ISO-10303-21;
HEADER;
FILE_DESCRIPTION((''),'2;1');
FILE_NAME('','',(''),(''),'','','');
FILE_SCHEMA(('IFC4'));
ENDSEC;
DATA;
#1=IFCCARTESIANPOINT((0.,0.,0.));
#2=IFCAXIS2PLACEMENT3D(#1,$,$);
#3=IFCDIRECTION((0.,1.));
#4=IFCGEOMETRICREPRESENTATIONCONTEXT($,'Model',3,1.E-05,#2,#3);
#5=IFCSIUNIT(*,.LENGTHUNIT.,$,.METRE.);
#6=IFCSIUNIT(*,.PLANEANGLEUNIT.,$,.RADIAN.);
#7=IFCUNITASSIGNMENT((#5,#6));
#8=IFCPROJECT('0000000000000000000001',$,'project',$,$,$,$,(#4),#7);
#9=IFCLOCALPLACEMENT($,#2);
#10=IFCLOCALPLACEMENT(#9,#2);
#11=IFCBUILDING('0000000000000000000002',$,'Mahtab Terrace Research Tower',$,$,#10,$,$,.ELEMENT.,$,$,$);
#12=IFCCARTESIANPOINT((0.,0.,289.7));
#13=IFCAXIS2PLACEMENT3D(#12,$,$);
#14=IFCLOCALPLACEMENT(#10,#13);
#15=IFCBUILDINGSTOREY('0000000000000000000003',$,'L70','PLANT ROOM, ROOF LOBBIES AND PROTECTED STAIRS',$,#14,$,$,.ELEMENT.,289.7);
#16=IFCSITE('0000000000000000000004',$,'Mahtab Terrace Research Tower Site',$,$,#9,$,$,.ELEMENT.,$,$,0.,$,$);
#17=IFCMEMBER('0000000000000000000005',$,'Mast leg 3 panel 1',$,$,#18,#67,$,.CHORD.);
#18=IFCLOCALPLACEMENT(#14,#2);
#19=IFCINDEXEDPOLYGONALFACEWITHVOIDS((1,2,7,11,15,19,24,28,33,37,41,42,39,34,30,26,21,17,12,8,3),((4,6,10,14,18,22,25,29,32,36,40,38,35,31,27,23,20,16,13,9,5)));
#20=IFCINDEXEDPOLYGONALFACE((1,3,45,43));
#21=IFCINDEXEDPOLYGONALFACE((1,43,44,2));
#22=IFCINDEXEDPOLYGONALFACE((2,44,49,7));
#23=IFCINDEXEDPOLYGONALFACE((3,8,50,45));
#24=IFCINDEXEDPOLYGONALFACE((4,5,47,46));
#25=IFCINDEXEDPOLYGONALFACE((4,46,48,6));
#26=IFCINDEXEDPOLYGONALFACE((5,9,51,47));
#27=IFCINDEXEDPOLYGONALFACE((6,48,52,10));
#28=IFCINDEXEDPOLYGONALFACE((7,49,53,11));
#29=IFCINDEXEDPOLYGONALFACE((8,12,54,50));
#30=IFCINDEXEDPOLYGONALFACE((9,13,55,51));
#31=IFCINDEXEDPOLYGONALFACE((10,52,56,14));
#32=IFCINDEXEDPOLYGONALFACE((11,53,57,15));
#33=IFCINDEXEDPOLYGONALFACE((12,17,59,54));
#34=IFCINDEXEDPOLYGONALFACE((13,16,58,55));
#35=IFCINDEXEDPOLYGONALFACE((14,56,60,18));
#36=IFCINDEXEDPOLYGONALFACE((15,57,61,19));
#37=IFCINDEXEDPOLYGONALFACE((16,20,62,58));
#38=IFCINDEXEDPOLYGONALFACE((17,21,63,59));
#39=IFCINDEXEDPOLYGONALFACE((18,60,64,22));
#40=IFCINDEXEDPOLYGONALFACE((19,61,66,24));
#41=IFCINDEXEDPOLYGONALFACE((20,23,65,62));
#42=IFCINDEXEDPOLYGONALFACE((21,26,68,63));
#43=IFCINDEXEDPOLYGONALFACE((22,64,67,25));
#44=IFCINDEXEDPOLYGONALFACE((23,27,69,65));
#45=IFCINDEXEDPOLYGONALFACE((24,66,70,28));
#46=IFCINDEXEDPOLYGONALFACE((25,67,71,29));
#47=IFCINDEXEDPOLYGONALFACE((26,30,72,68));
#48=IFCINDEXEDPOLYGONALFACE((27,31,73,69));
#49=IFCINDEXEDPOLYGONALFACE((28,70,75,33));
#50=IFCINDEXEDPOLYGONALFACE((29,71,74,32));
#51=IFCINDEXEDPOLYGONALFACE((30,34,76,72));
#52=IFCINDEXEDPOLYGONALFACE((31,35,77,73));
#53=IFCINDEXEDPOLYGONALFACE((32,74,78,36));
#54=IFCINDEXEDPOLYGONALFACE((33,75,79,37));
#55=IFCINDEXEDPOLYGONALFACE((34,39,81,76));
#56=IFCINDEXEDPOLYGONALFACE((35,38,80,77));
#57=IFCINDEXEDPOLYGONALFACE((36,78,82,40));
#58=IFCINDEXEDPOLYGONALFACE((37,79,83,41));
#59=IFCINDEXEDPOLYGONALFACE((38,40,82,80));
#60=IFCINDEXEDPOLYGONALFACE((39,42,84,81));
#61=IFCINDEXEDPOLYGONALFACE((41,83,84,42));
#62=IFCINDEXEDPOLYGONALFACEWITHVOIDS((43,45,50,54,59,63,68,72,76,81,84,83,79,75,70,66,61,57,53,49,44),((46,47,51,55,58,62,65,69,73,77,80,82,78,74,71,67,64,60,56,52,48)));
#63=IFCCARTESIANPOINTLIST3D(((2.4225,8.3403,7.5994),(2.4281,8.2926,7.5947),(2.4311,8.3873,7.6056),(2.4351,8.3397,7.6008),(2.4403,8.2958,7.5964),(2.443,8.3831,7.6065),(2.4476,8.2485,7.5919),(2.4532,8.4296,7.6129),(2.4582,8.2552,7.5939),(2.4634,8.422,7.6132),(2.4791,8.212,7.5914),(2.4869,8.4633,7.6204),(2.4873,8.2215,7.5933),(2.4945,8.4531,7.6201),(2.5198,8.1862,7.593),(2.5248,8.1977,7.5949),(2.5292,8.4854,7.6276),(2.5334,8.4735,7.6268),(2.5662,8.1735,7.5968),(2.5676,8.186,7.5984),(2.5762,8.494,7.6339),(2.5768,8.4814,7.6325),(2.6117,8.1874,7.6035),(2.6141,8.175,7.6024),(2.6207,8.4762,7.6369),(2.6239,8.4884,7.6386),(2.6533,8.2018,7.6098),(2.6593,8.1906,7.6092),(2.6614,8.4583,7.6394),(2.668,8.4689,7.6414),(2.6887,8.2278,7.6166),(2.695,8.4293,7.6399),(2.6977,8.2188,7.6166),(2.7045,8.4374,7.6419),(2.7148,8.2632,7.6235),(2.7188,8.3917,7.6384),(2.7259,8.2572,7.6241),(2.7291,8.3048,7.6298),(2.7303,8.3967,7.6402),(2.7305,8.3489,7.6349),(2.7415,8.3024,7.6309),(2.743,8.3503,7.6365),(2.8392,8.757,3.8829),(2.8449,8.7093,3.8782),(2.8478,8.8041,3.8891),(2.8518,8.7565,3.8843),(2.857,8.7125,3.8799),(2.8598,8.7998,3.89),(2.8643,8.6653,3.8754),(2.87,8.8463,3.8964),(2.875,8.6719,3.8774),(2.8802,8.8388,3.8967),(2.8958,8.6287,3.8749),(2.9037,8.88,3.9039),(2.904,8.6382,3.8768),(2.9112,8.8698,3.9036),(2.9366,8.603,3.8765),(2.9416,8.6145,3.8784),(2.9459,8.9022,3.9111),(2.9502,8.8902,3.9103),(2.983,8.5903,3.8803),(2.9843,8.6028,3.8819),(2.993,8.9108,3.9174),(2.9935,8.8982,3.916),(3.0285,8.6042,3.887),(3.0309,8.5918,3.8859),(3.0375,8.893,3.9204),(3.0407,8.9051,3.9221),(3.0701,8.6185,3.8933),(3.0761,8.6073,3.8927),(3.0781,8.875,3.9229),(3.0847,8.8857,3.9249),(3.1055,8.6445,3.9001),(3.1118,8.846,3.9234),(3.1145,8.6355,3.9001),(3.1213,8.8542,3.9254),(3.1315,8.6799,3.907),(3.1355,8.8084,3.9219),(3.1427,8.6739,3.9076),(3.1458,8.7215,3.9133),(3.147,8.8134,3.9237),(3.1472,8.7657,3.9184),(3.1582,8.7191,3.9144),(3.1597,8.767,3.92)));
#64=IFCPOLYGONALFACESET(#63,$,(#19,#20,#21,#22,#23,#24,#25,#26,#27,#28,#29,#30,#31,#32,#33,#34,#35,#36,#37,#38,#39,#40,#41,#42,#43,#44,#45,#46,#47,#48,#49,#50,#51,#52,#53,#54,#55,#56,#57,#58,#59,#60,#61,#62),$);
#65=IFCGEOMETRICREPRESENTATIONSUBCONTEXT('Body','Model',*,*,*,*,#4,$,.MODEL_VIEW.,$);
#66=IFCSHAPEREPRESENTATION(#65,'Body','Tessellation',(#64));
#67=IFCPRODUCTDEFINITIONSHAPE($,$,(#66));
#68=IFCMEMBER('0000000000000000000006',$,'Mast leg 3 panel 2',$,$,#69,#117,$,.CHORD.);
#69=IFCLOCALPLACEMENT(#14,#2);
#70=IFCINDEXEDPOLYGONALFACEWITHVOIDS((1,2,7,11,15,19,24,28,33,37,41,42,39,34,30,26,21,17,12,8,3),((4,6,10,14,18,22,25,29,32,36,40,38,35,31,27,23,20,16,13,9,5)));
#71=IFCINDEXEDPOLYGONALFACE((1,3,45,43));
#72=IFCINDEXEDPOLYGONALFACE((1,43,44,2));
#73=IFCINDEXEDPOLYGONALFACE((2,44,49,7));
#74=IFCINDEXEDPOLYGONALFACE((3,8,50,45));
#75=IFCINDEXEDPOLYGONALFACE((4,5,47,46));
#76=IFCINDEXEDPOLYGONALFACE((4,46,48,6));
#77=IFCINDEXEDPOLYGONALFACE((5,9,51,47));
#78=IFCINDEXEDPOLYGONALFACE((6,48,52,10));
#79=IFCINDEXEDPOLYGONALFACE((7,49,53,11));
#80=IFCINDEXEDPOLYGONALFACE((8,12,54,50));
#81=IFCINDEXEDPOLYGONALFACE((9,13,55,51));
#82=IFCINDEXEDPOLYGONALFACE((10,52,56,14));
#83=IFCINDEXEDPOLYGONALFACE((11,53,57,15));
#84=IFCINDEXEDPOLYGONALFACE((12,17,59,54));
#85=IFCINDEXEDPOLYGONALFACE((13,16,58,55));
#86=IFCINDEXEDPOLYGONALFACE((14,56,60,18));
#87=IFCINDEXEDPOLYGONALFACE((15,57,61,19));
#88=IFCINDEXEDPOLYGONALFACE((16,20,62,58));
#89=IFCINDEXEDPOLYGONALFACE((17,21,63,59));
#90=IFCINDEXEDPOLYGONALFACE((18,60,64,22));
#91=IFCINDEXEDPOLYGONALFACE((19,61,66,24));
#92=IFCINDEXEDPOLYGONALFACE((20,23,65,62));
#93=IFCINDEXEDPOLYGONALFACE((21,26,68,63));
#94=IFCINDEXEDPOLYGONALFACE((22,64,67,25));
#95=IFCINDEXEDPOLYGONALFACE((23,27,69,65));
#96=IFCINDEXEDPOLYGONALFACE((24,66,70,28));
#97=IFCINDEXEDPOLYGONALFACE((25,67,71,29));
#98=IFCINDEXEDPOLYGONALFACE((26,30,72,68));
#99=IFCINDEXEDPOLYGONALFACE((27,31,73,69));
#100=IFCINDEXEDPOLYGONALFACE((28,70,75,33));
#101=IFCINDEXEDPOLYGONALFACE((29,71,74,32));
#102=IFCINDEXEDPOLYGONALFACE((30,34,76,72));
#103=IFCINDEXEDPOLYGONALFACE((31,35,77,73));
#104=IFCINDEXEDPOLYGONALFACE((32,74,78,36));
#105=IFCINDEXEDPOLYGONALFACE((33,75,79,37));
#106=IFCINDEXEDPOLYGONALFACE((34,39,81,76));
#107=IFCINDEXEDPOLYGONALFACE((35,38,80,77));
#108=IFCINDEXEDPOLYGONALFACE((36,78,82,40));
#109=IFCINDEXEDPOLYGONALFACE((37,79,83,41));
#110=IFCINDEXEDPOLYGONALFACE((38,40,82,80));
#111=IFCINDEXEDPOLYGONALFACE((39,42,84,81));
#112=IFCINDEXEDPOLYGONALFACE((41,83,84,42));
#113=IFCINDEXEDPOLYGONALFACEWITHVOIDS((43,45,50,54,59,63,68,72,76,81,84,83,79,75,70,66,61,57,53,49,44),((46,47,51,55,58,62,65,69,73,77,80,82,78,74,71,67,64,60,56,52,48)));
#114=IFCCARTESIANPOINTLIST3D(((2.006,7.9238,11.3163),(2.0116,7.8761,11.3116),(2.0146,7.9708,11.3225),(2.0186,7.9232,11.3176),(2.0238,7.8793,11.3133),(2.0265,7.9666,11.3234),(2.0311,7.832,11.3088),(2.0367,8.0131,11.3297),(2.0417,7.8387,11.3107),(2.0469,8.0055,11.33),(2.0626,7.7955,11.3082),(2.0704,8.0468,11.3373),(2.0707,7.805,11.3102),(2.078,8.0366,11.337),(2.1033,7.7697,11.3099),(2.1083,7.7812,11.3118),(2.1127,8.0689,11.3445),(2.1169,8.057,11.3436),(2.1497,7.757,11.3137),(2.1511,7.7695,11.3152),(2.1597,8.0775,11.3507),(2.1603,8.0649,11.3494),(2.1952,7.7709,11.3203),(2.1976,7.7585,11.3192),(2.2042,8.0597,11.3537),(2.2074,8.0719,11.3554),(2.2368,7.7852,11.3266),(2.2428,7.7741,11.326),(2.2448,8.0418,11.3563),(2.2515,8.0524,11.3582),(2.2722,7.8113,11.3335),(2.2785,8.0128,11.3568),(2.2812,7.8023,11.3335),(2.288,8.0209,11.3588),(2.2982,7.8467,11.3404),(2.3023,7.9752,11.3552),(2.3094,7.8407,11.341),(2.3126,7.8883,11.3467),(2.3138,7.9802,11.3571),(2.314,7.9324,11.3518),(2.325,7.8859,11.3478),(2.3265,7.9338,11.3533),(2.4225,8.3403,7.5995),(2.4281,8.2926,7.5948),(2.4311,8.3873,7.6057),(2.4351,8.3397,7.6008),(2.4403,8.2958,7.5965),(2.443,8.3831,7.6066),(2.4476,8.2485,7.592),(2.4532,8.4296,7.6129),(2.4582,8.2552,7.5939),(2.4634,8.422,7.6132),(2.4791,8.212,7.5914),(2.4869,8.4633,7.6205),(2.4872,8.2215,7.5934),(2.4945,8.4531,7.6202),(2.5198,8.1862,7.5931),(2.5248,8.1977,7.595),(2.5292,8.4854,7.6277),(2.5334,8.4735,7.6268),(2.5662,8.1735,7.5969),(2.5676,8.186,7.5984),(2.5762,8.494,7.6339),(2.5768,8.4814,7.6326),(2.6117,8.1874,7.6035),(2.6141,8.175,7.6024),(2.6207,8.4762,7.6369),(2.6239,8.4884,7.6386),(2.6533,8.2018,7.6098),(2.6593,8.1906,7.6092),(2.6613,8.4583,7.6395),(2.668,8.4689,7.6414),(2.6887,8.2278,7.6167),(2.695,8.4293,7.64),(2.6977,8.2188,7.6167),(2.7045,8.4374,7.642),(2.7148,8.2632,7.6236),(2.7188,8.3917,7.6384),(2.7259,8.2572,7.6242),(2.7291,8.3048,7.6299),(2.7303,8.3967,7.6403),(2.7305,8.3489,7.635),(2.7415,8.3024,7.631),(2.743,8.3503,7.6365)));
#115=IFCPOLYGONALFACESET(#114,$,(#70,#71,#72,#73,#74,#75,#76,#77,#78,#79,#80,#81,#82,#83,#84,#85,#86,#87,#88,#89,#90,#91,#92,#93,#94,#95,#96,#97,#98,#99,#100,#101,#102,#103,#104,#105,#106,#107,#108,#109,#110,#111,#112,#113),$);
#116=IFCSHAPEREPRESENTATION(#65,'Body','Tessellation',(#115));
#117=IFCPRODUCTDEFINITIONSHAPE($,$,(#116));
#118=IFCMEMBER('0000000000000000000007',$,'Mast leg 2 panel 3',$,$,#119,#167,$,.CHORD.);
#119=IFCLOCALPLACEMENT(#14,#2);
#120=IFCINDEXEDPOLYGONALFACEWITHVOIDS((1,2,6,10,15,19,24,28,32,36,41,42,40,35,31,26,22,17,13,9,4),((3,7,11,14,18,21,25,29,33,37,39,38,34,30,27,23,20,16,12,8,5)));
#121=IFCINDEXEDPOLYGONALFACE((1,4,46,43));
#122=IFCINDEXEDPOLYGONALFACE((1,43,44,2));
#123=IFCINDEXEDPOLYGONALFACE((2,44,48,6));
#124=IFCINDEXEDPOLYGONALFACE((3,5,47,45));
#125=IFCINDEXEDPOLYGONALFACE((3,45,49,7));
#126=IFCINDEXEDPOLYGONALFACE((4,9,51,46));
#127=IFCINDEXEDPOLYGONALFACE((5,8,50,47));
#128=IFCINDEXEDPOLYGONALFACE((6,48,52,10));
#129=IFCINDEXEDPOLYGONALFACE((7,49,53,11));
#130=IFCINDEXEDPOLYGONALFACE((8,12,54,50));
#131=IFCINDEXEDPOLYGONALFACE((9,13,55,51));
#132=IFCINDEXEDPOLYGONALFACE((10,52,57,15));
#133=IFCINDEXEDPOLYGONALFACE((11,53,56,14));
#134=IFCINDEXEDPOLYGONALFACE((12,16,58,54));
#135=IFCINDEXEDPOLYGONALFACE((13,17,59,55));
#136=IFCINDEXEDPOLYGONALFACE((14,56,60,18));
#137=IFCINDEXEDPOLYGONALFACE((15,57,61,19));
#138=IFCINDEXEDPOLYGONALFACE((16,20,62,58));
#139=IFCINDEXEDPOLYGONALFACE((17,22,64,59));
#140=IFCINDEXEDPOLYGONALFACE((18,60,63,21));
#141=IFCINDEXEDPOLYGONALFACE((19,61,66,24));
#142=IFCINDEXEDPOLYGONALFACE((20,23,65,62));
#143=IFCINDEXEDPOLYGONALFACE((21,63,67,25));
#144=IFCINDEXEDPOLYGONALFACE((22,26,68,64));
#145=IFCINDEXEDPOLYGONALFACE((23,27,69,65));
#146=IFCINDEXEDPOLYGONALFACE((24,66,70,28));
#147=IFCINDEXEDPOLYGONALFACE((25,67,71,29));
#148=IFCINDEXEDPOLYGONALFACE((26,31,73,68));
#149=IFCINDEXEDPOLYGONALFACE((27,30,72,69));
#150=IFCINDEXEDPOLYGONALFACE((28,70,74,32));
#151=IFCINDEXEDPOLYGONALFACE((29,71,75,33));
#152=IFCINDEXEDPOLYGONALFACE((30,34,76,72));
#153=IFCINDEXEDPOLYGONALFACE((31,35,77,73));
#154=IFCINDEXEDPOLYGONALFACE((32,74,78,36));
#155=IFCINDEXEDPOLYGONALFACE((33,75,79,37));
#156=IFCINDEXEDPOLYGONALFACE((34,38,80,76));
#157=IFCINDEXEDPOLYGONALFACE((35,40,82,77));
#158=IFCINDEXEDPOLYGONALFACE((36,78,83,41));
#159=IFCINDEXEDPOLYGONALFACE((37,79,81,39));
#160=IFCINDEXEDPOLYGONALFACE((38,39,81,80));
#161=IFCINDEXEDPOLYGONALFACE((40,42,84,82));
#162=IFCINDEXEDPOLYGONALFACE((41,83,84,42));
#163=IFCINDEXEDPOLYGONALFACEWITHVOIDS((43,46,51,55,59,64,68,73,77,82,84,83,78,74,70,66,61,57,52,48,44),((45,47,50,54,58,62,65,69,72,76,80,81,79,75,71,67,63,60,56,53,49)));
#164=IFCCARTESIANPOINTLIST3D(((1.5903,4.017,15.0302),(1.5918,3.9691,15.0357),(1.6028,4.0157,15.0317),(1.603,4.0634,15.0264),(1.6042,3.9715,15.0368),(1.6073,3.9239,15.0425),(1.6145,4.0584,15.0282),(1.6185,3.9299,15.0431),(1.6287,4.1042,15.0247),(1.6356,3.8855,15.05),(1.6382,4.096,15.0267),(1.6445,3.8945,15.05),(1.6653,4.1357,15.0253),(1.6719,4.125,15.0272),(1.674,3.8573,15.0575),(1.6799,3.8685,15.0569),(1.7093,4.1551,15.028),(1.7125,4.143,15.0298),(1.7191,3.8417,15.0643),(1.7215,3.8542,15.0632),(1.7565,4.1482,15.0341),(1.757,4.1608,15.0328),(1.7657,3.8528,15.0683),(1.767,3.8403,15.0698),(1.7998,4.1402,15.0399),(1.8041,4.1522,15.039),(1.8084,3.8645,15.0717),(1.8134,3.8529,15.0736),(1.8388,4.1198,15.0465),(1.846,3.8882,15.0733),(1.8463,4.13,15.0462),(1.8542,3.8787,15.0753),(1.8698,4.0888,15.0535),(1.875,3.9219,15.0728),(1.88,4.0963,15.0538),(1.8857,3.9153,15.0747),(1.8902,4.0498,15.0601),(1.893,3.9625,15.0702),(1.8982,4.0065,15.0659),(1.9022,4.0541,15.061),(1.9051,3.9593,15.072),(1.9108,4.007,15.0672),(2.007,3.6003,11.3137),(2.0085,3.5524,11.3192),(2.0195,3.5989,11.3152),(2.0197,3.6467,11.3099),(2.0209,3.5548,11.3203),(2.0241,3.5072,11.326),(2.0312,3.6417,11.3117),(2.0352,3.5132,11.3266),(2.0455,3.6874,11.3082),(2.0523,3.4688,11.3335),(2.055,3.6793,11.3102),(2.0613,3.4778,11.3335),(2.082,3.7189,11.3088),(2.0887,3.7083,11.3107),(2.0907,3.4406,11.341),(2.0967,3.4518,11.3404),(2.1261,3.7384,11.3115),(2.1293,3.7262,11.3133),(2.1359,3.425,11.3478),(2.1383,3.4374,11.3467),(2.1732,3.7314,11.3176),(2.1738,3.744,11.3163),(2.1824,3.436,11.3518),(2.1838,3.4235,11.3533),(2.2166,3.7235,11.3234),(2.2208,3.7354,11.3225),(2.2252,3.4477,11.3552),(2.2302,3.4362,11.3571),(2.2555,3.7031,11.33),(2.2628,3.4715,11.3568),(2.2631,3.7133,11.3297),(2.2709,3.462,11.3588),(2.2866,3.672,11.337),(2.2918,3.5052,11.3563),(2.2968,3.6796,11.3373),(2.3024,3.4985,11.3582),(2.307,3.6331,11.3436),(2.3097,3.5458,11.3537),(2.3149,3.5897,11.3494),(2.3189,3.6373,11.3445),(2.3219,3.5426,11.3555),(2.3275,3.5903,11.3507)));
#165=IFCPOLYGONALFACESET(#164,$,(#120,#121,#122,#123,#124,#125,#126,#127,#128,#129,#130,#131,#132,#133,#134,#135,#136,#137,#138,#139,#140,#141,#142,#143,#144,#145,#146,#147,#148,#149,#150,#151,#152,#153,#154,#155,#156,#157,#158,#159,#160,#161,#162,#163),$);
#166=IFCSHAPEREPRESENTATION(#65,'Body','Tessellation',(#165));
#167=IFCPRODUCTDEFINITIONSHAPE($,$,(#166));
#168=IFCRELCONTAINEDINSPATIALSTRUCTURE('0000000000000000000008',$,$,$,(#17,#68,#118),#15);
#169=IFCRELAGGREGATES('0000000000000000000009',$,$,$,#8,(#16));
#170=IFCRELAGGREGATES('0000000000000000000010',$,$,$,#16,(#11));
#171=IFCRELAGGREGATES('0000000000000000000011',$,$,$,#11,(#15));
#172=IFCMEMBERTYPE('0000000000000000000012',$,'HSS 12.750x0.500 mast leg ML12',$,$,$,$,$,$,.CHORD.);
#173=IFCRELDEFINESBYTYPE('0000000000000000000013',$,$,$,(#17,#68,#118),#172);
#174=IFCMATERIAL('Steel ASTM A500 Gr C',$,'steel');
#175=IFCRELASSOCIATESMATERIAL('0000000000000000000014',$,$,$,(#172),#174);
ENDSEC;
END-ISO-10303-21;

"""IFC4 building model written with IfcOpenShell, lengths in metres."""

from ifc_helpers import new_model, si_unit, direction, frame, origin, origin_2d, place, context, subcontext, project, spatial, hollow_circle, extrude, material, material_profile, profile_set, type_object, element, save


model = new_model("IFC4")

# Units and contexts
model_context = context("Model", 3, precision=1e-05, world=origin(), true_north=direction((0.0, 1.0)))
body_context = subcontext(model_context, "Body", "Model", "MODEL_VIEW")
ifc_project = project(units=[si_unit("LENGTHUNIT", "METRE"), si_unit("PLANEANGLEUNIT", "RADIAN")], contexts=[model_context])

# Site, building, storey
site_placement = place(None, origin())
site = spatial("IfcSite", under=ifc_project, at=site_placement, Name="Mahtab Terrace Research Tower Site", CompositionType="ELEMENT", RefElevation=0.0)
building_placement = place(site_placement, origin())
building = spatial("IfcBuilding", under=site, at=building_placement, Name="Mahtab Terrace Research Tower", CompositionType="ELEMENT")
storey_placement = place(building_placement, frame((0.0, 0.0, 289.7)))
storey = spatial("IfcBuildingStorey", under=building, at=storey_placement, Name="L70", Description="PLANT ROOM, ROOF LOBBIES AND PROTECTED STAIRS", CompositionType="ELEMENT", Elevation=289.7)

# Members
ifc_material_1 = material(Name="Steel ASTM A500 Gr C", Category="steel")
ifc_material_profile_1 = material_profile(ifc_material_1, hollow_circle(Radius=0.1619, WallThickness=0.0127, at=origin_2d()), Name="HSS12.750X0.500")
ifc_profile_set_1 = profile_set([ifc_material_profile_1], Name="Steel ASTM A500 Gr C")
member_type_1 = type_object("IfcMemberType", Name="HSS 12.750x0.500 mast leg ML12", PredefinedType="CHORD", material=ifc_profile_set_1)
member_1_placement = place(storey_placement, frame((3.0, 8.75, 3.9001), z_axis=(-0.110749, -0.110749, 0.987658), x_axis=(0.707107, -0.707107, 0.0)))
element("IfcMember", 1, at=member_1_placement, inside=storey, type_object=member_type_1, Name="Mast leg 3 panel 1", PredefinedType="CHORD", context=body_context, shape_type="SweptSolid", body=[
    extrude(hollow_circle(Radius=0.1619, WallThickness=0.0127, at=origin_2d()), origin(), (0.0, 0.0, 1.0), 3.7629),
])
member_2_placement = place(storey_placement, frame((2.5833, 8.3333, 7.6167), z_axis=(-0.110679, -0.110679, 0.987674), x_axis=(0.707107, -0.707107, 0.0)))
element("IfcMember", 2, at=member_2_placement, inside=storey, type_object=member_type_1, Name="Mast leg 3 panel 2", PredefinedType="CHORD", context=body_context, shape_type="SweptSolid", body=[
    extrude(hollow_circle(Radius=0.1619, WallThickness=0.0127, at=origin_2d()), origin(), (0.0, 0.0, 1.0), 3.7632),
])
for number, where, z_axis, x_axis, name in (
    (3, (2.1667, 3.5833, 11.3335), (-0.110749, 0.110749, 0.987658), (-0.707107, -0.707107, 0.0), "Mast leg 2 panel 3"),
):
    element("IfcMember", number, at=place(storey_placement, frame(where, z_axis=z_axis, x_axis=x_axis)), inside=storey, type_object=member_type_1, Name=name, PredefinedType="CHORD", context=body_context, shape_type="SweptSolid", body=[
        extrude(hollow_circle(Radius=0.1619, WallThickness=0.0127, at=origin_2d()), origin(), (0.0, 0.0, 1.0), 3.7629),
    ])

save(model, "model.ifc")
